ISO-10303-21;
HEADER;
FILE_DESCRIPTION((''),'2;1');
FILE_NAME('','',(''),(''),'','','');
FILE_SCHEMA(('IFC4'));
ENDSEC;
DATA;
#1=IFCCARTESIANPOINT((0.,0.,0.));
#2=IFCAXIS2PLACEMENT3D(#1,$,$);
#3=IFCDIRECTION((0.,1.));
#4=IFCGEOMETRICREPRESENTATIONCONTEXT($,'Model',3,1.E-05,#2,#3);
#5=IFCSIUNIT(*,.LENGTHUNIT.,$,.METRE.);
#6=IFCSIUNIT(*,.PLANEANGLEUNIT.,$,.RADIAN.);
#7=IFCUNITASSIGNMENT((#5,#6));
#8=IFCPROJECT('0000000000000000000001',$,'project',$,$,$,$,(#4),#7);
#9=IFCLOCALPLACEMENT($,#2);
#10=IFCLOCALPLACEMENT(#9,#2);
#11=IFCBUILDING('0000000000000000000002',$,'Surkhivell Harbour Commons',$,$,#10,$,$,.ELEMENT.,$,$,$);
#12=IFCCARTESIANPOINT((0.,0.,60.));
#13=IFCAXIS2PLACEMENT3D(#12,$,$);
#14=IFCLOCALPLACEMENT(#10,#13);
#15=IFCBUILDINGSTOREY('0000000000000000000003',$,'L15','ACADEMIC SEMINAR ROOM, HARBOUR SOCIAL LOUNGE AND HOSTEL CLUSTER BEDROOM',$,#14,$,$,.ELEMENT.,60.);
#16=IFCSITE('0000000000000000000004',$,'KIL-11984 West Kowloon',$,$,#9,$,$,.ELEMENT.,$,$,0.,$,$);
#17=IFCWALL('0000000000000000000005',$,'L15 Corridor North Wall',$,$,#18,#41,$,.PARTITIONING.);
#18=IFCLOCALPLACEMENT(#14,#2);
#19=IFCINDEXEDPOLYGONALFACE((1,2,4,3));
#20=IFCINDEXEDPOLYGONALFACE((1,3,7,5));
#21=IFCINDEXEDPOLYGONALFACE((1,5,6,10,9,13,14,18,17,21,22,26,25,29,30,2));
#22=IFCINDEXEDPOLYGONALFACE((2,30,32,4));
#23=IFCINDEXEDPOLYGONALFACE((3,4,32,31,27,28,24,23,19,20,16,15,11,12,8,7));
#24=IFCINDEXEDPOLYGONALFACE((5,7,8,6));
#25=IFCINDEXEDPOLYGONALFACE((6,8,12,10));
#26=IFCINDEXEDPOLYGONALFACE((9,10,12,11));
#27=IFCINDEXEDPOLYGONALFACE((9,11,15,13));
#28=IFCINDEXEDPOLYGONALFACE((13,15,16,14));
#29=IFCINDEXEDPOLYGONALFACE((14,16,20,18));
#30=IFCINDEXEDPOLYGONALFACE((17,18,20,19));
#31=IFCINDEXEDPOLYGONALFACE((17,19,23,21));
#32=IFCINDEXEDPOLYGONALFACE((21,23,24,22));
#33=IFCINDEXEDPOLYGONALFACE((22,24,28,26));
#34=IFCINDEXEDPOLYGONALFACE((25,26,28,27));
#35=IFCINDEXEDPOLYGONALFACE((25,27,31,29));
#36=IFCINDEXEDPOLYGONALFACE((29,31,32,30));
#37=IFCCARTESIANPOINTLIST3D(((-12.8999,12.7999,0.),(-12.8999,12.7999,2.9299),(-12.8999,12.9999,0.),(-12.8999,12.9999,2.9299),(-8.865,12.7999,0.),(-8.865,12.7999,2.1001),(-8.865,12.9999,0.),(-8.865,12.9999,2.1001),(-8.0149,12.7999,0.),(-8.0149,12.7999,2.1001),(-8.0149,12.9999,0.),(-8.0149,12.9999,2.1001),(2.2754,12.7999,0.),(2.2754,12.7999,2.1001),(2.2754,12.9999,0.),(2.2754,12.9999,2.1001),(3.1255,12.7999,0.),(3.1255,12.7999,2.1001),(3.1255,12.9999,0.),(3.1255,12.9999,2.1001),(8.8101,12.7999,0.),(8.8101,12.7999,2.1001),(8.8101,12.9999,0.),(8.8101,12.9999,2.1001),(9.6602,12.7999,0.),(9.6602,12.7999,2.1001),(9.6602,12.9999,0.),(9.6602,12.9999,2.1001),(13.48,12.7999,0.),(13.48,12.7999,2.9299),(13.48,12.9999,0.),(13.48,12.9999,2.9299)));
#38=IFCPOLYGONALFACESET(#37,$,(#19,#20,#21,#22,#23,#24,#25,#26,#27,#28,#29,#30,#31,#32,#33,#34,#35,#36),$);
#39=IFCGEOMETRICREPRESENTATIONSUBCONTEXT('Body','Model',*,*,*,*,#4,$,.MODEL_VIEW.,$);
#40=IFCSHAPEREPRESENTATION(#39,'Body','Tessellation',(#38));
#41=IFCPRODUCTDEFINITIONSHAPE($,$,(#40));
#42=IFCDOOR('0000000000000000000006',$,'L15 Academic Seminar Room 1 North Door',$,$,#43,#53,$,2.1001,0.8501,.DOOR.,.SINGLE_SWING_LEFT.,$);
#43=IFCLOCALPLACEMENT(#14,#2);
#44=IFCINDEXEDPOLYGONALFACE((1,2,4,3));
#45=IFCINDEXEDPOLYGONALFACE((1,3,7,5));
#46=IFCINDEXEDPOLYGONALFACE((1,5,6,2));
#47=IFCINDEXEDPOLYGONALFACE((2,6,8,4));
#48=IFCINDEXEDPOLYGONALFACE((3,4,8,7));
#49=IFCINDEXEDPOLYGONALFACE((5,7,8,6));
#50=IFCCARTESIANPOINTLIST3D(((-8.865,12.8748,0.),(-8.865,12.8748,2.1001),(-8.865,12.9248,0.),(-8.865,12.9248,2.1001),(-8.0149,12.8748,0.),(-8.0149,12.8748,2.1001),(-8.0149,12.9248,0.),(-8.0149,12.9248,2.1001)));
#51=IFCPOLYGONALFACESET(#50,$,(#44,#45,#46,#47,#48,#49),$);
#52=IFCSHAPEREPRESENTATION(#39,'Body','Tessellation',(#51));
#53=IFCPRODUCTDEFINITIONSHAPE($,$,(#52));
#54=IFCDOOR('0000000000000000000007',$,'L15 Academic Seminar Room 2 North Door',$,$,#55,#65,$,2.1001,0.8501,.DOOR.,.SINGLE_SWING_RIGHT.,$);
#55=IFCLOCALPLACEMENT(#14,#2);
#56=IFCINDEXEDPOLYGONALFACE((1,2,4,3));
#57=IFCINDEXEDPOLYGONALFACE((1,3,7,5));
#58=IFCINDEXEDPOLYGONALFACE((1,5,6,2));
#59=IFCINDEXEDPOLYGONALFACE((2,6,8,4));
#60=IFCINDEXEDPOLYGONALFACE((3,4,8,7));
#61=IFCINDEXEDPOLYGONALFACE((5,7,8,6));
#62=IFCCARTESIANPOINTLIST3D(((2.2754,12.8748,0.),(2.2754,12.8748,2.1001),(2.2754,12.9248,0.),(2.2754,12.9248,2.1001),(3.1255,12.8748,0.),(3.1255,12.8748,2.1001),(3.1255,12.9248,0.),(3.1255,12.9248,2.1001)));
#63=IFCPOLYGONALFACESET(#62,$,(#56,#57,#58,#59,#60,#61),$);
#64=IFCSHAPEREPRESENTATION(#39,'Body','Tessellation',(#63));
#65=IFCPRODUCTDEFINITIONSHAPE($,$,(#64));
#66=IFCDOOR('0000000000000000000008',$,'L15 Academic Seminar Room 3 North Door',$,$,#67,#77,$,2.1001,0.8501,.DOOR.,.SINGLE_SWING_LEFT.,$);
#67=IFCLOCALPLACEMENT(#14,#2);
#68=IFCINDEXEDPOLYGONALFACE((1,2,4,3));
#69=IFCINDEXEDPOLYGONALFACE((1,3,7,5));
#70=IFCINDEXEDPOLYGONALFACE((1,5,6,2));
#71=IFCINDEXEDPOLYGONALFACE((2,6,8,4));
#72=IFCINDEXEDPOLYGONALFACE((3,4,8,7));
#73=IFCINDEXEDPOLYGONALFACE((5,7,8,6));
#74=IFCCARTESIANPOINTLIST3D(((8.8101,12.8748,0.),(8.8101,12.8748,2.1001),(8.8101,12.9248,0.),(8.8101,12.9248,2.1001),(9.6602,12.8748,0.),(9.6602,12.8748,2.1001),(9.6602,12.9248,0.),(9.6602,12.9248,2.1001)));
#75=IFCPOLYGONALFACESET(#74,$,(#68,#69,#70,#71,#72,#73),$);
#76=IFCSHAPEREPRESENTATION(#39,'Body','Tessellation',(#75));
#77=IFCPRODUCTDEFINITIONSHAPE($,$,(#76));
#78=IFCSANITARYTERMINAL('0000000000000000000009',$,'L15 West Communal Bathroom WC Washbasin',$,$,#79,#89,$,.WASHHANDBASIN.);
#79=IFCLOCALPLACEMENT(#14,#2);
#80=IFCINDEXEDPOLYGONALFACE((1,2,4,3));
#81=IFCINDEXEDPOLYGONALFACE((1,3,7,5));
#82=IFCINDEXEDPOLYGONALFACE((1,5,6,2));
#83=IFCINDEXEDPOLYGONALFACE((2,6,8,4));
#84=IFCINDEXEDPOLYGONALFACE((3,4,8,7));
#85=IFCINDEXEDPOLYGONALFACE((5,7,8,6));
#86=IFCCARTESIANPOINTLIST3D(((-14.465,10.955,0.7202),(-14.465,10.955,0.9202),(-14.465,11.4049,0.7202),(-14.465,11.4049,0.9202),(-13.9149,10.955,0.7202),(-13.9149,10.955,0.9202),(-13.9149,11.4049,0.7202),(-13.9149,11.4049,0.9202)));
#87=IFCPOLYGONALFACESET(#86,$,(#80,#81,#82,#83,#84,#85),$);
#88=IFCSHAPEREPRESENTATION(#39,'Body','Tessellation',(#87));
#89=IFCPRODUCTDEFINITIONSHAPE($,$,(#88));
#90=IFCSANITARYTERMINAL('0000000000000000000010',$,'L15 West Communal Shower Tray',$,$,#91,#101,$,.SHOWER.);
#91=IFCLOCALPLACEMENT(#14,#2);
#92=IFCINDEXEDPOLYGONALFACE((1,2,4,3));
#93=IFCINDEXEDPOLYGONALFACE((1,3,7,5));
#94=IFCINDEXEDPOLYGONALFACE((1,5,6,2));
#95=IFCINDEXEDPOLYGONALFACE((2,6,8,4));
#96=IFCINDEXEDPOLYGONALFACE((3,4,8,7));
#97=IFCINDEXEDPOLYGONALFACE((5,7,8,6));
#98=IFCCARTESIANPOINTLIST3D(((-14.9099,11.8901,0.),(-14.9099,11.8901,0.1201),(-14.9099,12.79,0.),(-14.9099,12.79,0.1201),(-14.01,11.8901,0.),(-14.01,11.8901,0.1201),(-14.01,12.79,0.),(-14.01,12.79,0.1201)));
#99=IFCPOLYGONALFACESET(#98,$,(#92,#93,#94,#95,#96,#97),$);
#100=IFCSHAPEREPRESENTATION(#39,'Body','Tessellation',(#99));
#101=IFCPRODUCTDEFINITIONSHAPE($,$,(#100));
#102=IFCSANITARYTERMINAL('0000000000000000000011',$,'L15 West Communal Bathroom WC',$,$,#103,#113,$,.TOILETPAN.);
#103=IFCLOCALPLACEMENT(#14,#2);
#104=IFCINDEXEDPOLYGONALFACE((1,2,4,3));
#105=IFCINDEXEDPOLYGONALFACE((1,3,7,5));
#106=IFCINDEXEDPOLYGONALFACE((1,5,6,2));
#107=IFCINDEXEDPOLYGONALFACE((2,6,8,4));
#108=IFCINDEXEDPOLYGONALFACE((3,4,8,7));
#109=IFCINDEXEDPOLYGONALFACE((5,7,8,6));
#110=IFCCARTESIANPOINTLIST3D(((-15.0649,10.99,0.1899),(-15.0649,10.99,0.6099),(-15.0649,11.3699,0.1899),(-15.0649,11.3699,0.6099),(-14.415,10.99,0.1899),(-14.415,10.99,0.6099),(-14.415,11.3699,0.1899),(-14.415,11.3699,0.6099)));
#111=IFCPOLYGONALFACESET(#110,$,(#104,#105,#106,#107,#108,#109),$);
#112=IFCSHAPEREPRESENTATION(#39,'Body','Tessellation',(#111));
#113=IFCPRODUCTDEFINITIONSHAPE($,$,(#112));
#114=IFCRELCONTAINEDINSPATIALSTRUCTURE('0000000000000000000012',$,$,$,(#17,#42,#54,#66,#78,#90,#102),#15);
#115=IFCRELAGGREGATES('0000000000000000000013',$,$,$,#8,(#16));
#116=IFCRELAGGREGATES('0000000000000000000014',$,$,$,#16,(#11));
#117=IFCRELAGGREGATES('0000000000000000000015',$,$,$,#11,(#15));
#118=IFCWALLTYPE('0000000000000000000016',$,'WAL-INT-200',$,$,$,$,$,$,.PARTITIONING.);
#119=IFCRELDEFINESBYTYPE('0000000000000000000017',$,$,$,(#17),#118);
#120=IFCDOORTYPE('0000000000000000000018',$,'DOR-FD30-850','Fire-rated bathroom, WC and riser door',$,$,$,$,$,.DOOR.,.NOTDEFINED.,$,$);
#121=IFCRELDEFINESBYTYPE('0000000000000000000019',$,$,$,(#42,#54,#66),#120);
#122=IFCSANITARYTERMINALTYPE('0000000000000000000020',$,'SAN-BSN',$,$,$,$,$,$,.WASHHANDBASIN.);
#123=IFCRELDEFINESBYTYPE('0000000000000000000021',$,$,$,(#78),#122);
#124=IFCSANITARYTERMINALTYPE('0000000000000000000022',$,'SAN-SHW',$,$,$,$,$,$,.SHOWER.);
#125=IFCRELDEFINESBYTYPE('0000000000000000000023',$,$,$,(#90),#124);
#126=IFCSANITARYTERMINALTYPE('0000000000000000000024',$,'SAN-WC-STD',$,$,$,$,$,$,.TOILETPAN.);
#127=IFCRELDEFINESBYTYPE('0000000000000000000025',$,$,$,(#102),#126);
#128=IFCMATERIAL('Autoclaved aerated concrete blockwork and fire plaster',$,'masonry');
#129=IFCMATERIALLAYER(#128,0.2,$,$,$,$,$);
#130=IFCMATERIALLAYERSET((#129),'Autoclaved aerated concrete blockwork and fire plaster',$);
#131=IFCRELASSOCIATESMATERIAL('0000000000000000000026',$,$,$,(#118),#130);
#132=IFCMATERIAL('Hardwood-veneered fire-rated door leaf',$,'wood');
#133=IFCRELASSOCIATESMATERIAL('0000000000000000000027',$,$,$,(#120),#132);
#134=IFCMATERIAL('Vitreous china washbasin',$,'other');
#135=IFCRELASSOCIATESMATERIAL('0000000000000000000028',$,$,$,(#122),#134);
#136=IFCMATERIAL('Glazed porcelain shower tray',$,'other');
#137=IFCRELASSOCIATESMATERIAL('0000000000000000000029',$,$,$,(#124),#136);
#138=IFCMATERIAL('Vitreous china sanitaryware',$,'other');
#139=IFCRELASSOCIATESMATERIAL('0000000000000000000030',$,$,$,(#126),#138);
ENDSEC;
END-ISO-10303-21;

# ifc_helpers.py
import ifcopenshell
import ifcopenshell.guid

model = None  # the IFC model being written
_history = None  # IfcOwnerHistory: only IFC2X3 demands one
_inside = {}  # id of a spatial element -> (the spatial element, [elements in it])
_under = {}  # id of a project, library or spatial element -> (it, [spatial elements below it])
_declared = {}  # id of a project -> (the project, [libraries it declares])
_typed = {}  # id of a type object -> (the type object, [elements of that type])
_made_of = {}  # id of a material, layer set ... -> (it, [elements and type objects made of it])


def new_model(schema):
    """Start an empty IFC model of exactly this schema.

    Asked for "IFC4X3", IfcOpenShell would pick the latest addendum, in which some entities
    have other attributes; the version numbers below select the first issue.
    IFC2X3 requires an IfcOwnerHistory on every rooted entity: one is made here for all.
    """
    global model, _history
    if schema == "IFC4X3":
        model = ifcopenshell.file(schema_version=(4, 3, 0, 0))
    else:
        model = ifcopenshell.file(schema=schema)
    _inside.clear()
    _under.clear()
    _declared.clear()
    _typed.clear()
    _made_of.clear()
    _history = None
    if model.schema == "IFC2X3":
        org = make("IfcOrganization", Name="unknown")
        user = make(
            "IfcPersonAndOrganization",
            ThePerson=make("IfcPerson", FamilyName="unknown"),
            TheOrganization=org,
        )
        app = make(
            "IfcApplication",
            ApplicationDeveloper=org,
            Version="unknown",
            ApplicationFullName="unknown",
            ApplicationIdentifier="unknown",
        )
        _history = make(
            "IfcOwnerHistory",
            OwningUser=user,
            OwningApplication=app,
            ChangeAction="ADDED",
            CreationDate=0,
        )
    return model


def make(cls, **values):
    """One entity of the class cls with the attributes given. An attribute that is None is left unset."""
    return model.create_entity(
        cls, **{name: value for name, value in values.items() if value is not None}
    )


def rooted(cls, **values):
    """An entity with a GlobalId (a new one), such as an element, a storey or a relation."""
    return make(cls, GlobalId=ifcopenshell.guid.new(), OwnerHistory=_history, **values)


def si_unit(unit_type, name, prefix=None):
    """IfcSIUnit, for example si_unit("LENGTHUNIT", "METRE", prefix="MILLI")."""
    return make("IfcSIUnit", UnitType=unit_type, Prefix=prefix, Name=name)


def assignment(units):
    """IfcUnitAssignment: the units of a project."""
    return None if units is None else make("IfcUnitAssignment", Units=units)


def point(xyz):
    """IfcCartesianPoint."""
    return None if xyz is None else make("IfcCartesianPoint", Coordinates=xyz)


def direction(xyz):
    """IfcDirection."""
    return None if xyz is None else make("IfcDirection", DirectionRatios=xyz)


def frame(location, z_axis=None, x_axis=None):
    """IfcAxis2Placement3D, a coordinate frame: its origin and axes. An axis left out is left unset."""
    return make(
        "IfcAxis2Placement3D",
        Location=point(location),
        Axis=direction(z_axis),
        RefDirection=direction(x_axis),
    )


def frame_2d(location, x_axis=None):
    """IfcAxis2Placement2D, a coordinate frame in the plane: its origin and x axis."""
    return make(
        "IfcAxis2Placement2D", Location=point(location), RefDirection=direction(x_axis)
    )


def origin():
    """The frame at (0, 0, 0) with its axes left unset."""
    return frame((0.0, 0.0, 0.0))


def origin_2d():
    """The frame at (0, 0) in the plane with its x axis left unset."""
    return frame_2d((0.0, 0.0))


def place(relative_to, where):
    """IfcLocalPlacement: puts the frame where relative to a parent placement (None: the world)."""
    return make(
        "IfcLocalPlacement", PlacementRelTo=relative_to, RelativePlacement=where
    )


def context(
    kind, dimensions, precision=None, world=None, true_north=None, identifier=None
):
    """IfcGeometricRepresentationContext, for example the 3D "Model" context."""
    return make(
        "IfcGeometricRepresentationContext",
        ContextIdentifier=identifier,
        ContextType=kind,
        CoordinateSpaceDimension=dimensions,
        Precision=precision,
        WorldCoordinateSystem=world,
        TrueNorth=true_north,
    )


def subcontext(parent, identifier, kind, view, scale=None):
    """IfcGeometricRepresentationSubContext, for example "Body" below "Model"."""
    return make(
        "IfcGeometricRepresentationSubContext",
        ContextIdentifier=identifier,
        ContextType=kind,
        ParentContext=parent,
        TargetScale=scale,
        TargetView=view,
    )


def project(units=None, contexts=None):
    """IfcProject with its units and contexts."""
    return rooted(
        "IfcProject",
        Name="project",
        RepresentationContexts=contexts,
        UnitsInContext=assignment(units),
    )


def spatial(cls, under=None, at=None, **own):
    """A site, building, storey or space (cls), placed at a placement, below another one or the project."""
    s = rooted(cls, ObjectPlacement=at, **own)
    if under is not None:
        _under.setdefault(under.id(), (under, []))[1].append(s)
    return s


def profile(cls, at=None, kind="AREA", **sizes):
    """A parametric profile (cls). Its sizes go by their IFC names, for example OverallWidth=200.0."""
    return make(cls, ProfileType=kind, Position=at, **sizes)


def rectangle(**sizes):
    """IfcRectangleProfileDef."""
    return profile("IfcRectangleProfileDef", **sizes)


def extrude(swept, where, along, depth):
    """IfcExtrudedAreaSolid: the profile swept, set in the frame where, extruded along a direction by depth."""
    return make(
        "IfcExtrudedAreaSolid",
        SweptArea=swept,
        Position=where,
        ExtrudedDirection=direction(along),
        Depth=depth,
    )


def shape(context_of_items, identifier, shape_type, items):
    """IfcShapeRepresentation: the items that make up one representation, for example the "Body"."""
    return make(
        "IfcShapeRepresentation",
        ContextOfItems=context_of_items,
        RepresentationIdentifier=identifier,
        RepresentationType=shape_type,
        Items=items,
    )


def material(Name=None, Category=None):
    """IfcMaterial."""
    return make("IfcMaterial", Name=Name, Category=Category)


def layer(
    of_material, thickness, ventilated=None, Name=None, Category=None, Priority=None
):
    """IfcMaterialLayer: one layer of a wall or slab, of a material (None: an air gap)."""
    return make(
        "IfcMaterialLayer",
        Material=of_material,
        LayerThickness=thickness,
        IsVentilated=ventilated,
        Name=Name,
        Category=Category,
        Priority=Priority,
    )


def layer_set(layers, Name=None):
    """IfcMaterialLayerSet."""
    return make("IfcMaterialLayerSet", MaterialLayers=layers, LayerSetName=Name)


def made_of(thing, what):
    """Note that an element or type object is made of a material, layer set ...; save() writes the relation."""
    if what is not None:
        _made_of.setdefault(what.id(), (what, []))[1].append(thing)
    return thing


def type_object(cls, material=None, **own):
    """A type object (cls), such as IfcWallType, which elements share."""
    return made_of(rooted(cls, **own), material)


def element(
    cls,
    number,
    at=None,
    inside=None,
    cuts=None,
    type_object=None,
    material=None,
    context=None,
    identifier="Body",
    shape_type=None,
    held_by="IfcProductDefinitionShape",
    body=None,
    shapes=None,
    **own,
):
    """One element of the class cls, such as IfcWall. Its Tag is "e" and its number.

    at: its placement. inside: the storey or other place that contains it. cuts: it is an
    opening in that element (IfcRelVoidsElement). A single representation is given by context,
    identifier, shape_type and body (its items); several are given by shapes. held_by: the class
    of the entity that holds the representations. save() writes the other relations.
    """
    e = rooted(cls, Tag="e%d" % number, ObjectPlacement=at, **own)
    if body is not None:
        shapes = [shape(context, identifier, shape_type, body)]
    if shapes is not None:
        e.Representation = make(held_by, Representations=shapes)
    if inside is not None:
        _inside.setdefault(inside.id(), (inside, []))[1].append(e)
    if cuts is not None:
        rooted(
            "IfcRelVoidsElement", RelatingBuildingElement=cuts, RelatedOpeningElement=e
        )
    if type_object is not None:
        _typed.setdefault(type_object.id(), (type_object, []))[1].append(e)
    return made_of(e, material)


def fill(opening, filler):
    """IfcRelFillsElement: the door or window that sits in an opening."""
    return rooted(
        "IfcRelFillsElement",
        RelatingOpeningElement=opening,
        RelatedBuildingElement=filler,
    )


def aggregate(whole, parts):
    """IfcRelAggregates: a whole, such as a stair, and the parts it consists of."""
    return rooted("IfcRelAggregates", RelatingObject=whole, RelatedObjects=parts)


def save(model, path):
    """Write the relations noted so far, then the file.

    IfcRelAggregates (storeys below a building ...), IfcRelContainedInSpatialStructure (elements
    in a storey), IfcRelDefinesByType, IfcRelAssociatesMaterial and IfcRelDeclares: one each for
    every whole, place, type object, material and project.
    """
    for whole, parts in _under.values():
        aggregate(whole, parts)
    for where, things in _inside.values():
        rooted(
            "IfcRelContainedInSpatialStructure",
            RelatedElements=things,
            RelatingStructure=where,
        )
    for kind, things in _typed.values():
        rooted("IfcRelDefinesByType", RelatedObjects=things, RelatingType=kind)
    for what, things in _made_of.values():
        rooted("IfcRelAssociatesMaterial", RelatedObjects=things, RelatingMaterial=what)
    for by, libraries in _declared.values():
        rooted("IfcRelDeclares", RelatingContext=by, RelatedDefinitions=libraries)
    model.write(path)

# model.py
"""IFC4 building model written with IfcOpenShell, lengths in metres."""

from ifc_helpers import new_model, si_unit, direction, frame, frame_2d, origin, origin_2d, place, context, subcontext, project, spatial, rectangle, extrude, material, layer, layer_set, type_object, element, fill, save


model = new_model("IFC4")

# Units and contexts
model_context = context("Model", 3, precision=1e-05, world=origin(), true_north=direction((0.0, 1.0)))
body_context = subcontext(model_context, "Body", "Model", "MODEL_VIEW")
ifc_project = project(units=[si_unit("LENGTHUNIT", "METRE"), si_unit("PLANEANGLEUNIT", "RADIAN")], contexts=[model_context])

# Site, building, storey
site_placement = place(None, origin())
site = spatial("IfcSite", under=ifc_project, at=site_placement, Name="KIL-11984 West Kowloon", CompositionType="ELEMENT", RefElevation=0.0)
building_placement = place(site_placement, origin())
building = spatial("IfcBuilding", under=site, at=building_placement, Name="Surkhivell Harbour Commons", CompositionType="ELEMENT")
storey_placement = place(building_placement, frame((0.0, 0.0, 60.0)))
storey = spatial("IfcBuildingStorey", under=building, at=storey_placement, Name="L15", Description="ACADEMIC SEMINAR ROOM, HARBOUR SOCIAL LOUNGE AND HOSTEL CLUSTER BEDROOM", CompositionType="ELEMENT", Elevation=60.0)

# Shared definitions
ifc_material_1 = material(Name="Hardwood-veneered fire-rated door leaf", Category="wood")

# Shared definitions
ifc_material_2 = material(Name="Autoclaved aerated concrete blockwork and fire plaster", Category="masonry")
ifc_layer_1 = layer(ifc_material_2, 0.2)
ifc_layer_set_1 = layer_set([ifc_layer_1], Name="Autoclaved aerated concrete blockwork and fire plaster")
wall_type_1 = type_object("IfcWallType", Name="WAL-INT-200", PredefinedType="PARTITIONING", material=ifc_layer_set_1)

# Wall, openings, doors
wall_1_placement = place(storey_placement, frame((-12.8999, 12.8999, 0.0), z_axis=(0.0, 0.0, 1.0), x_axis=(1.0, 0.0, 0.0)))
wall_1 = element("IfcWall", 1, at=wall_1_placement, inside=storey, type_object=wall_type_1, Name="L15 Corridor North Wall", PredefinedType="PARTITIONING", context=body_context, shape_type="SweptSolid", body=[
    extrude(rectangle(XDim=26.3799, YDim=0.2, at=frame_2d((13.1899, 0.0))), origin(), (0.0, 0.0, 1.0), 2.9299),
])
opening_1_placement = place(wall_1_placement, frame((4.0349, 0.0, 0.0)))
opening_1 = element("IfcOpeningElement", 2, at=opening_1_placement, cuts=wall_1, PredefinedType="OPENING", context=body_context, shape_type="SweptSolid", body=[
    extrude(rectangle(XDim=0.8501, YDim=2.1001, at=frame_2d((0.425, 1.05))), frame((0.0, 0.1099, 0.0), z_axis=(0.0, -1.0, 0.0), x_axis=(1.0, 0.0, 0.0)), (0.0, 0.0, 1.0), 0.22),
])
opening_2_placement = place(wall_1_placement, frame((15.1753, 0.0, 0.0)))
opening_2 = element("IfcOpeningElement", 3, at=opening_2_placement, cuts=wall_1, PredefinedType="OPENING", context=body_context, shape_type="SweptSolid", body=[
    extrude(rectangle(XDim=0.8501, YDim=2.1001, at=frame_2d((0.425, 1.05))), frame((0.0, 0.1099, 0.0), z_axis=(0.0, -1.0, 0.0), x_axis=(1.0, 0.0, 0.0)), (0.0, 0.0, 1.0), 0.22),
])
opening_3_placement = place(wall_1_placement, frame((21.71, 0.0, 0.0)))
opening_3 = element("IfcOpeningElement", 4, at=opening_3_placement, cuts=wall_1, PredefinedType="OPENING", context=body_context, shape_type="SweptSolid", body=[
    extrude(rectangle(XDim=0.8501, YDim=2.1001, at=frame_2d((0.425, 1.05))), frame((0.0, 0.1099, 0.0), z_axis=(0.0, -1.0, 0.0), x_axis=(1.0, 0.0, 0.0)), (0.0, 0.0, 1.0), 0.22),
])
door_type_1 = type_object("IfcDoorType", Name="DOR-FD30-850", Description="Fire-rated bathroom, WC and riser door", OperationType="NOTDEFINED", PredefinedType="DOOR", material=ifc_material_1)
door_1_placement = place(opening_1_placement, origin())
door_1 = element("IfcDoor", 5, at=door_1_placement, inside=storey, type_object=door_type_1, Name="L15 Academic Seminar Room 1 North Door", OperationType="SINGLE_SWING_LEFT", OverallHeight=2.1001, OverallWidth=0.8501, PredefinedType="DOOR", context=body_context, shape_type="SweptSolid", body=[
    extrude(rectangle(XDim=0.8501, YDim=2.1001, at=frame_2d((0.425, 1.05))), frame((0.0, 0.0249, 0.0), z_axis=(0.0, -1.0, 0.0), x_axis=(1.0, 0.0, 0.0)), (0.0, 0.0, 1.0), 0.05),
])
fill(opening_1, door_1)
door_2_placement = place(opening_2_placement, origin())
door_2 = element("IfcDoor", 6, at=door_2_placement, inside=storey, type_object=door_type_1, Name="L15 Academic Seminar Room 2 North Door", OperationType="SINGLE_SWING_RIGHT", OverallHeight=2.1001, OverallWidth=0.8501, PredefinedType="DOOR", context=body_context, shape_type="SweptSolid", body=[
    extrude(rectangle(XDim=0.8501, YDim=2.1001, at=frame_2d((0.425, 1.05))), frame((0.0, 0.0249, 0.0), z_axis=(0.0, -1.0, 0.0), x_axis=(1.0, 0.0, 0.0)), (0.0, 0.0, 1.0), 0.05),
])
fill(opening_2, door_2)
door_3_placement = place(opening_3_placement, origin())
door_3 = element("IfcDoor", 7, at=door_3_placement, inside=storey, type_object=door_type_1, Name="L15 Academic Seminar Room 3 North Door", OperationType="SINGLE_SWING_LEFT", OverallHeight=2.1001, OverallWidth=0.8501, PredefinedType="DOOR", context=body_context, shape_type="SweptSolid", body=[
    extrude(rectangle(XDim=0.8501, YDim=2.1001, at=frame_2d((0.425, 1.05))), frame((0.0, 0.0249, 0.0), z_axis=(0.0, -1.0, 0.0), x_axis=(1.0, 0.0, 0.0)), (0.0, 0.0, 1.0), 0.05),
])
fill(opening_3, door_3)

# Sanitary terminals
ifc_material_3 = material(Name="Vitreous china washbasin", Category="other")
sanitary_terminal_type_1 = type_object("IfcSanitaryTerminalType", Name="SAN-BSN", PredefinedType="WASHHANDBASIN", material=ifc_material_3)
sanitary_terminal_1_placement = place(storey_placement, frame((-14.1899, 11.1799, 0.7202), z_axis=(0.0, 0.0, 1.0), x_axis=(1.0, 0.0, 0.0)))
element("IfcSanitaryTerminal", 8, at=sanitary_terminal_1_placement, inside=storey, type_object=sanitary_terminal_type_1, Name="L15 West Communal Bathroom WC Washbasin", PredefinedType="WASHHANDBASIN", context=body_context, shape_type="SweptSolid", body=[
    extrude(rectangle(XDim=0.55, YDim=0.45, at=origin_2d()), origin(), (0.0, 0.0, 1.0), 0.2),
])
ifc_material_4 = material(Name="Glazed porcelain shower tray", Category="other")
sanitary_terminal_type_2 = type_object("IfcSanitaryTerminalType", Name="SAN-SHW", PredefinedType="SHOWER", material=ifc_material_4)
sanitary_terminal_2_placement = place(storey_placement, frame((-14.46, 12.3401, 0.0), z_axis=(0.0, 0.0, 1.0), x_axis=(1.0, 0.0, 0.0)))
element("IfcSanitaryTerminal", 9, at=sanitary_terminal_2_placement, inside=storey, type_object=sanitary_terminal_type_2, Name="L15 West Communal Shower Tray", PredefinedType="SHOWER", context=body_context, shape_type="SweptSolid", body=[
    extrude(rectangle(XDim=0.8999, YDim=0.8999, at=origin_2d()), origin(), (0.0, 0.0, 1.0), 0.1201),
])
ifc_material_5 = material(Name="Vitreous china sanitaryware", Category="other")
sanitary_terminal_type_3 = type_object("IfcSanitaryTerminalType", Name="SAN-WC-STD", PredefinedType="TOILETPAN", material=ifc_material_5)
sanitary_terminal_3_placement = place(storey_placement, frame((-14.74, 11.1799, 0.1899), z_axis=(0.0, 0.0, 1.0), x_axis=(1.0, 0.0, 0.0)))
element("IfcSanitaryTerminal", 10, at=sanitary_terminal_3_placement, inside=storey, type_object=sanitary_terminal_type_3, Name="L15 West Communal Bathroom WC", PredefinedType="TOILETPAN", context=body_context, shape_type="SweptSolid", body=[
    extrude(rectangle(XDim=0.6499, YDim=0.3799, at=origin_2d()), origin(), (0.0, 0.0, 1.0), 0.4199),
])

save(model, "model.ifc")
